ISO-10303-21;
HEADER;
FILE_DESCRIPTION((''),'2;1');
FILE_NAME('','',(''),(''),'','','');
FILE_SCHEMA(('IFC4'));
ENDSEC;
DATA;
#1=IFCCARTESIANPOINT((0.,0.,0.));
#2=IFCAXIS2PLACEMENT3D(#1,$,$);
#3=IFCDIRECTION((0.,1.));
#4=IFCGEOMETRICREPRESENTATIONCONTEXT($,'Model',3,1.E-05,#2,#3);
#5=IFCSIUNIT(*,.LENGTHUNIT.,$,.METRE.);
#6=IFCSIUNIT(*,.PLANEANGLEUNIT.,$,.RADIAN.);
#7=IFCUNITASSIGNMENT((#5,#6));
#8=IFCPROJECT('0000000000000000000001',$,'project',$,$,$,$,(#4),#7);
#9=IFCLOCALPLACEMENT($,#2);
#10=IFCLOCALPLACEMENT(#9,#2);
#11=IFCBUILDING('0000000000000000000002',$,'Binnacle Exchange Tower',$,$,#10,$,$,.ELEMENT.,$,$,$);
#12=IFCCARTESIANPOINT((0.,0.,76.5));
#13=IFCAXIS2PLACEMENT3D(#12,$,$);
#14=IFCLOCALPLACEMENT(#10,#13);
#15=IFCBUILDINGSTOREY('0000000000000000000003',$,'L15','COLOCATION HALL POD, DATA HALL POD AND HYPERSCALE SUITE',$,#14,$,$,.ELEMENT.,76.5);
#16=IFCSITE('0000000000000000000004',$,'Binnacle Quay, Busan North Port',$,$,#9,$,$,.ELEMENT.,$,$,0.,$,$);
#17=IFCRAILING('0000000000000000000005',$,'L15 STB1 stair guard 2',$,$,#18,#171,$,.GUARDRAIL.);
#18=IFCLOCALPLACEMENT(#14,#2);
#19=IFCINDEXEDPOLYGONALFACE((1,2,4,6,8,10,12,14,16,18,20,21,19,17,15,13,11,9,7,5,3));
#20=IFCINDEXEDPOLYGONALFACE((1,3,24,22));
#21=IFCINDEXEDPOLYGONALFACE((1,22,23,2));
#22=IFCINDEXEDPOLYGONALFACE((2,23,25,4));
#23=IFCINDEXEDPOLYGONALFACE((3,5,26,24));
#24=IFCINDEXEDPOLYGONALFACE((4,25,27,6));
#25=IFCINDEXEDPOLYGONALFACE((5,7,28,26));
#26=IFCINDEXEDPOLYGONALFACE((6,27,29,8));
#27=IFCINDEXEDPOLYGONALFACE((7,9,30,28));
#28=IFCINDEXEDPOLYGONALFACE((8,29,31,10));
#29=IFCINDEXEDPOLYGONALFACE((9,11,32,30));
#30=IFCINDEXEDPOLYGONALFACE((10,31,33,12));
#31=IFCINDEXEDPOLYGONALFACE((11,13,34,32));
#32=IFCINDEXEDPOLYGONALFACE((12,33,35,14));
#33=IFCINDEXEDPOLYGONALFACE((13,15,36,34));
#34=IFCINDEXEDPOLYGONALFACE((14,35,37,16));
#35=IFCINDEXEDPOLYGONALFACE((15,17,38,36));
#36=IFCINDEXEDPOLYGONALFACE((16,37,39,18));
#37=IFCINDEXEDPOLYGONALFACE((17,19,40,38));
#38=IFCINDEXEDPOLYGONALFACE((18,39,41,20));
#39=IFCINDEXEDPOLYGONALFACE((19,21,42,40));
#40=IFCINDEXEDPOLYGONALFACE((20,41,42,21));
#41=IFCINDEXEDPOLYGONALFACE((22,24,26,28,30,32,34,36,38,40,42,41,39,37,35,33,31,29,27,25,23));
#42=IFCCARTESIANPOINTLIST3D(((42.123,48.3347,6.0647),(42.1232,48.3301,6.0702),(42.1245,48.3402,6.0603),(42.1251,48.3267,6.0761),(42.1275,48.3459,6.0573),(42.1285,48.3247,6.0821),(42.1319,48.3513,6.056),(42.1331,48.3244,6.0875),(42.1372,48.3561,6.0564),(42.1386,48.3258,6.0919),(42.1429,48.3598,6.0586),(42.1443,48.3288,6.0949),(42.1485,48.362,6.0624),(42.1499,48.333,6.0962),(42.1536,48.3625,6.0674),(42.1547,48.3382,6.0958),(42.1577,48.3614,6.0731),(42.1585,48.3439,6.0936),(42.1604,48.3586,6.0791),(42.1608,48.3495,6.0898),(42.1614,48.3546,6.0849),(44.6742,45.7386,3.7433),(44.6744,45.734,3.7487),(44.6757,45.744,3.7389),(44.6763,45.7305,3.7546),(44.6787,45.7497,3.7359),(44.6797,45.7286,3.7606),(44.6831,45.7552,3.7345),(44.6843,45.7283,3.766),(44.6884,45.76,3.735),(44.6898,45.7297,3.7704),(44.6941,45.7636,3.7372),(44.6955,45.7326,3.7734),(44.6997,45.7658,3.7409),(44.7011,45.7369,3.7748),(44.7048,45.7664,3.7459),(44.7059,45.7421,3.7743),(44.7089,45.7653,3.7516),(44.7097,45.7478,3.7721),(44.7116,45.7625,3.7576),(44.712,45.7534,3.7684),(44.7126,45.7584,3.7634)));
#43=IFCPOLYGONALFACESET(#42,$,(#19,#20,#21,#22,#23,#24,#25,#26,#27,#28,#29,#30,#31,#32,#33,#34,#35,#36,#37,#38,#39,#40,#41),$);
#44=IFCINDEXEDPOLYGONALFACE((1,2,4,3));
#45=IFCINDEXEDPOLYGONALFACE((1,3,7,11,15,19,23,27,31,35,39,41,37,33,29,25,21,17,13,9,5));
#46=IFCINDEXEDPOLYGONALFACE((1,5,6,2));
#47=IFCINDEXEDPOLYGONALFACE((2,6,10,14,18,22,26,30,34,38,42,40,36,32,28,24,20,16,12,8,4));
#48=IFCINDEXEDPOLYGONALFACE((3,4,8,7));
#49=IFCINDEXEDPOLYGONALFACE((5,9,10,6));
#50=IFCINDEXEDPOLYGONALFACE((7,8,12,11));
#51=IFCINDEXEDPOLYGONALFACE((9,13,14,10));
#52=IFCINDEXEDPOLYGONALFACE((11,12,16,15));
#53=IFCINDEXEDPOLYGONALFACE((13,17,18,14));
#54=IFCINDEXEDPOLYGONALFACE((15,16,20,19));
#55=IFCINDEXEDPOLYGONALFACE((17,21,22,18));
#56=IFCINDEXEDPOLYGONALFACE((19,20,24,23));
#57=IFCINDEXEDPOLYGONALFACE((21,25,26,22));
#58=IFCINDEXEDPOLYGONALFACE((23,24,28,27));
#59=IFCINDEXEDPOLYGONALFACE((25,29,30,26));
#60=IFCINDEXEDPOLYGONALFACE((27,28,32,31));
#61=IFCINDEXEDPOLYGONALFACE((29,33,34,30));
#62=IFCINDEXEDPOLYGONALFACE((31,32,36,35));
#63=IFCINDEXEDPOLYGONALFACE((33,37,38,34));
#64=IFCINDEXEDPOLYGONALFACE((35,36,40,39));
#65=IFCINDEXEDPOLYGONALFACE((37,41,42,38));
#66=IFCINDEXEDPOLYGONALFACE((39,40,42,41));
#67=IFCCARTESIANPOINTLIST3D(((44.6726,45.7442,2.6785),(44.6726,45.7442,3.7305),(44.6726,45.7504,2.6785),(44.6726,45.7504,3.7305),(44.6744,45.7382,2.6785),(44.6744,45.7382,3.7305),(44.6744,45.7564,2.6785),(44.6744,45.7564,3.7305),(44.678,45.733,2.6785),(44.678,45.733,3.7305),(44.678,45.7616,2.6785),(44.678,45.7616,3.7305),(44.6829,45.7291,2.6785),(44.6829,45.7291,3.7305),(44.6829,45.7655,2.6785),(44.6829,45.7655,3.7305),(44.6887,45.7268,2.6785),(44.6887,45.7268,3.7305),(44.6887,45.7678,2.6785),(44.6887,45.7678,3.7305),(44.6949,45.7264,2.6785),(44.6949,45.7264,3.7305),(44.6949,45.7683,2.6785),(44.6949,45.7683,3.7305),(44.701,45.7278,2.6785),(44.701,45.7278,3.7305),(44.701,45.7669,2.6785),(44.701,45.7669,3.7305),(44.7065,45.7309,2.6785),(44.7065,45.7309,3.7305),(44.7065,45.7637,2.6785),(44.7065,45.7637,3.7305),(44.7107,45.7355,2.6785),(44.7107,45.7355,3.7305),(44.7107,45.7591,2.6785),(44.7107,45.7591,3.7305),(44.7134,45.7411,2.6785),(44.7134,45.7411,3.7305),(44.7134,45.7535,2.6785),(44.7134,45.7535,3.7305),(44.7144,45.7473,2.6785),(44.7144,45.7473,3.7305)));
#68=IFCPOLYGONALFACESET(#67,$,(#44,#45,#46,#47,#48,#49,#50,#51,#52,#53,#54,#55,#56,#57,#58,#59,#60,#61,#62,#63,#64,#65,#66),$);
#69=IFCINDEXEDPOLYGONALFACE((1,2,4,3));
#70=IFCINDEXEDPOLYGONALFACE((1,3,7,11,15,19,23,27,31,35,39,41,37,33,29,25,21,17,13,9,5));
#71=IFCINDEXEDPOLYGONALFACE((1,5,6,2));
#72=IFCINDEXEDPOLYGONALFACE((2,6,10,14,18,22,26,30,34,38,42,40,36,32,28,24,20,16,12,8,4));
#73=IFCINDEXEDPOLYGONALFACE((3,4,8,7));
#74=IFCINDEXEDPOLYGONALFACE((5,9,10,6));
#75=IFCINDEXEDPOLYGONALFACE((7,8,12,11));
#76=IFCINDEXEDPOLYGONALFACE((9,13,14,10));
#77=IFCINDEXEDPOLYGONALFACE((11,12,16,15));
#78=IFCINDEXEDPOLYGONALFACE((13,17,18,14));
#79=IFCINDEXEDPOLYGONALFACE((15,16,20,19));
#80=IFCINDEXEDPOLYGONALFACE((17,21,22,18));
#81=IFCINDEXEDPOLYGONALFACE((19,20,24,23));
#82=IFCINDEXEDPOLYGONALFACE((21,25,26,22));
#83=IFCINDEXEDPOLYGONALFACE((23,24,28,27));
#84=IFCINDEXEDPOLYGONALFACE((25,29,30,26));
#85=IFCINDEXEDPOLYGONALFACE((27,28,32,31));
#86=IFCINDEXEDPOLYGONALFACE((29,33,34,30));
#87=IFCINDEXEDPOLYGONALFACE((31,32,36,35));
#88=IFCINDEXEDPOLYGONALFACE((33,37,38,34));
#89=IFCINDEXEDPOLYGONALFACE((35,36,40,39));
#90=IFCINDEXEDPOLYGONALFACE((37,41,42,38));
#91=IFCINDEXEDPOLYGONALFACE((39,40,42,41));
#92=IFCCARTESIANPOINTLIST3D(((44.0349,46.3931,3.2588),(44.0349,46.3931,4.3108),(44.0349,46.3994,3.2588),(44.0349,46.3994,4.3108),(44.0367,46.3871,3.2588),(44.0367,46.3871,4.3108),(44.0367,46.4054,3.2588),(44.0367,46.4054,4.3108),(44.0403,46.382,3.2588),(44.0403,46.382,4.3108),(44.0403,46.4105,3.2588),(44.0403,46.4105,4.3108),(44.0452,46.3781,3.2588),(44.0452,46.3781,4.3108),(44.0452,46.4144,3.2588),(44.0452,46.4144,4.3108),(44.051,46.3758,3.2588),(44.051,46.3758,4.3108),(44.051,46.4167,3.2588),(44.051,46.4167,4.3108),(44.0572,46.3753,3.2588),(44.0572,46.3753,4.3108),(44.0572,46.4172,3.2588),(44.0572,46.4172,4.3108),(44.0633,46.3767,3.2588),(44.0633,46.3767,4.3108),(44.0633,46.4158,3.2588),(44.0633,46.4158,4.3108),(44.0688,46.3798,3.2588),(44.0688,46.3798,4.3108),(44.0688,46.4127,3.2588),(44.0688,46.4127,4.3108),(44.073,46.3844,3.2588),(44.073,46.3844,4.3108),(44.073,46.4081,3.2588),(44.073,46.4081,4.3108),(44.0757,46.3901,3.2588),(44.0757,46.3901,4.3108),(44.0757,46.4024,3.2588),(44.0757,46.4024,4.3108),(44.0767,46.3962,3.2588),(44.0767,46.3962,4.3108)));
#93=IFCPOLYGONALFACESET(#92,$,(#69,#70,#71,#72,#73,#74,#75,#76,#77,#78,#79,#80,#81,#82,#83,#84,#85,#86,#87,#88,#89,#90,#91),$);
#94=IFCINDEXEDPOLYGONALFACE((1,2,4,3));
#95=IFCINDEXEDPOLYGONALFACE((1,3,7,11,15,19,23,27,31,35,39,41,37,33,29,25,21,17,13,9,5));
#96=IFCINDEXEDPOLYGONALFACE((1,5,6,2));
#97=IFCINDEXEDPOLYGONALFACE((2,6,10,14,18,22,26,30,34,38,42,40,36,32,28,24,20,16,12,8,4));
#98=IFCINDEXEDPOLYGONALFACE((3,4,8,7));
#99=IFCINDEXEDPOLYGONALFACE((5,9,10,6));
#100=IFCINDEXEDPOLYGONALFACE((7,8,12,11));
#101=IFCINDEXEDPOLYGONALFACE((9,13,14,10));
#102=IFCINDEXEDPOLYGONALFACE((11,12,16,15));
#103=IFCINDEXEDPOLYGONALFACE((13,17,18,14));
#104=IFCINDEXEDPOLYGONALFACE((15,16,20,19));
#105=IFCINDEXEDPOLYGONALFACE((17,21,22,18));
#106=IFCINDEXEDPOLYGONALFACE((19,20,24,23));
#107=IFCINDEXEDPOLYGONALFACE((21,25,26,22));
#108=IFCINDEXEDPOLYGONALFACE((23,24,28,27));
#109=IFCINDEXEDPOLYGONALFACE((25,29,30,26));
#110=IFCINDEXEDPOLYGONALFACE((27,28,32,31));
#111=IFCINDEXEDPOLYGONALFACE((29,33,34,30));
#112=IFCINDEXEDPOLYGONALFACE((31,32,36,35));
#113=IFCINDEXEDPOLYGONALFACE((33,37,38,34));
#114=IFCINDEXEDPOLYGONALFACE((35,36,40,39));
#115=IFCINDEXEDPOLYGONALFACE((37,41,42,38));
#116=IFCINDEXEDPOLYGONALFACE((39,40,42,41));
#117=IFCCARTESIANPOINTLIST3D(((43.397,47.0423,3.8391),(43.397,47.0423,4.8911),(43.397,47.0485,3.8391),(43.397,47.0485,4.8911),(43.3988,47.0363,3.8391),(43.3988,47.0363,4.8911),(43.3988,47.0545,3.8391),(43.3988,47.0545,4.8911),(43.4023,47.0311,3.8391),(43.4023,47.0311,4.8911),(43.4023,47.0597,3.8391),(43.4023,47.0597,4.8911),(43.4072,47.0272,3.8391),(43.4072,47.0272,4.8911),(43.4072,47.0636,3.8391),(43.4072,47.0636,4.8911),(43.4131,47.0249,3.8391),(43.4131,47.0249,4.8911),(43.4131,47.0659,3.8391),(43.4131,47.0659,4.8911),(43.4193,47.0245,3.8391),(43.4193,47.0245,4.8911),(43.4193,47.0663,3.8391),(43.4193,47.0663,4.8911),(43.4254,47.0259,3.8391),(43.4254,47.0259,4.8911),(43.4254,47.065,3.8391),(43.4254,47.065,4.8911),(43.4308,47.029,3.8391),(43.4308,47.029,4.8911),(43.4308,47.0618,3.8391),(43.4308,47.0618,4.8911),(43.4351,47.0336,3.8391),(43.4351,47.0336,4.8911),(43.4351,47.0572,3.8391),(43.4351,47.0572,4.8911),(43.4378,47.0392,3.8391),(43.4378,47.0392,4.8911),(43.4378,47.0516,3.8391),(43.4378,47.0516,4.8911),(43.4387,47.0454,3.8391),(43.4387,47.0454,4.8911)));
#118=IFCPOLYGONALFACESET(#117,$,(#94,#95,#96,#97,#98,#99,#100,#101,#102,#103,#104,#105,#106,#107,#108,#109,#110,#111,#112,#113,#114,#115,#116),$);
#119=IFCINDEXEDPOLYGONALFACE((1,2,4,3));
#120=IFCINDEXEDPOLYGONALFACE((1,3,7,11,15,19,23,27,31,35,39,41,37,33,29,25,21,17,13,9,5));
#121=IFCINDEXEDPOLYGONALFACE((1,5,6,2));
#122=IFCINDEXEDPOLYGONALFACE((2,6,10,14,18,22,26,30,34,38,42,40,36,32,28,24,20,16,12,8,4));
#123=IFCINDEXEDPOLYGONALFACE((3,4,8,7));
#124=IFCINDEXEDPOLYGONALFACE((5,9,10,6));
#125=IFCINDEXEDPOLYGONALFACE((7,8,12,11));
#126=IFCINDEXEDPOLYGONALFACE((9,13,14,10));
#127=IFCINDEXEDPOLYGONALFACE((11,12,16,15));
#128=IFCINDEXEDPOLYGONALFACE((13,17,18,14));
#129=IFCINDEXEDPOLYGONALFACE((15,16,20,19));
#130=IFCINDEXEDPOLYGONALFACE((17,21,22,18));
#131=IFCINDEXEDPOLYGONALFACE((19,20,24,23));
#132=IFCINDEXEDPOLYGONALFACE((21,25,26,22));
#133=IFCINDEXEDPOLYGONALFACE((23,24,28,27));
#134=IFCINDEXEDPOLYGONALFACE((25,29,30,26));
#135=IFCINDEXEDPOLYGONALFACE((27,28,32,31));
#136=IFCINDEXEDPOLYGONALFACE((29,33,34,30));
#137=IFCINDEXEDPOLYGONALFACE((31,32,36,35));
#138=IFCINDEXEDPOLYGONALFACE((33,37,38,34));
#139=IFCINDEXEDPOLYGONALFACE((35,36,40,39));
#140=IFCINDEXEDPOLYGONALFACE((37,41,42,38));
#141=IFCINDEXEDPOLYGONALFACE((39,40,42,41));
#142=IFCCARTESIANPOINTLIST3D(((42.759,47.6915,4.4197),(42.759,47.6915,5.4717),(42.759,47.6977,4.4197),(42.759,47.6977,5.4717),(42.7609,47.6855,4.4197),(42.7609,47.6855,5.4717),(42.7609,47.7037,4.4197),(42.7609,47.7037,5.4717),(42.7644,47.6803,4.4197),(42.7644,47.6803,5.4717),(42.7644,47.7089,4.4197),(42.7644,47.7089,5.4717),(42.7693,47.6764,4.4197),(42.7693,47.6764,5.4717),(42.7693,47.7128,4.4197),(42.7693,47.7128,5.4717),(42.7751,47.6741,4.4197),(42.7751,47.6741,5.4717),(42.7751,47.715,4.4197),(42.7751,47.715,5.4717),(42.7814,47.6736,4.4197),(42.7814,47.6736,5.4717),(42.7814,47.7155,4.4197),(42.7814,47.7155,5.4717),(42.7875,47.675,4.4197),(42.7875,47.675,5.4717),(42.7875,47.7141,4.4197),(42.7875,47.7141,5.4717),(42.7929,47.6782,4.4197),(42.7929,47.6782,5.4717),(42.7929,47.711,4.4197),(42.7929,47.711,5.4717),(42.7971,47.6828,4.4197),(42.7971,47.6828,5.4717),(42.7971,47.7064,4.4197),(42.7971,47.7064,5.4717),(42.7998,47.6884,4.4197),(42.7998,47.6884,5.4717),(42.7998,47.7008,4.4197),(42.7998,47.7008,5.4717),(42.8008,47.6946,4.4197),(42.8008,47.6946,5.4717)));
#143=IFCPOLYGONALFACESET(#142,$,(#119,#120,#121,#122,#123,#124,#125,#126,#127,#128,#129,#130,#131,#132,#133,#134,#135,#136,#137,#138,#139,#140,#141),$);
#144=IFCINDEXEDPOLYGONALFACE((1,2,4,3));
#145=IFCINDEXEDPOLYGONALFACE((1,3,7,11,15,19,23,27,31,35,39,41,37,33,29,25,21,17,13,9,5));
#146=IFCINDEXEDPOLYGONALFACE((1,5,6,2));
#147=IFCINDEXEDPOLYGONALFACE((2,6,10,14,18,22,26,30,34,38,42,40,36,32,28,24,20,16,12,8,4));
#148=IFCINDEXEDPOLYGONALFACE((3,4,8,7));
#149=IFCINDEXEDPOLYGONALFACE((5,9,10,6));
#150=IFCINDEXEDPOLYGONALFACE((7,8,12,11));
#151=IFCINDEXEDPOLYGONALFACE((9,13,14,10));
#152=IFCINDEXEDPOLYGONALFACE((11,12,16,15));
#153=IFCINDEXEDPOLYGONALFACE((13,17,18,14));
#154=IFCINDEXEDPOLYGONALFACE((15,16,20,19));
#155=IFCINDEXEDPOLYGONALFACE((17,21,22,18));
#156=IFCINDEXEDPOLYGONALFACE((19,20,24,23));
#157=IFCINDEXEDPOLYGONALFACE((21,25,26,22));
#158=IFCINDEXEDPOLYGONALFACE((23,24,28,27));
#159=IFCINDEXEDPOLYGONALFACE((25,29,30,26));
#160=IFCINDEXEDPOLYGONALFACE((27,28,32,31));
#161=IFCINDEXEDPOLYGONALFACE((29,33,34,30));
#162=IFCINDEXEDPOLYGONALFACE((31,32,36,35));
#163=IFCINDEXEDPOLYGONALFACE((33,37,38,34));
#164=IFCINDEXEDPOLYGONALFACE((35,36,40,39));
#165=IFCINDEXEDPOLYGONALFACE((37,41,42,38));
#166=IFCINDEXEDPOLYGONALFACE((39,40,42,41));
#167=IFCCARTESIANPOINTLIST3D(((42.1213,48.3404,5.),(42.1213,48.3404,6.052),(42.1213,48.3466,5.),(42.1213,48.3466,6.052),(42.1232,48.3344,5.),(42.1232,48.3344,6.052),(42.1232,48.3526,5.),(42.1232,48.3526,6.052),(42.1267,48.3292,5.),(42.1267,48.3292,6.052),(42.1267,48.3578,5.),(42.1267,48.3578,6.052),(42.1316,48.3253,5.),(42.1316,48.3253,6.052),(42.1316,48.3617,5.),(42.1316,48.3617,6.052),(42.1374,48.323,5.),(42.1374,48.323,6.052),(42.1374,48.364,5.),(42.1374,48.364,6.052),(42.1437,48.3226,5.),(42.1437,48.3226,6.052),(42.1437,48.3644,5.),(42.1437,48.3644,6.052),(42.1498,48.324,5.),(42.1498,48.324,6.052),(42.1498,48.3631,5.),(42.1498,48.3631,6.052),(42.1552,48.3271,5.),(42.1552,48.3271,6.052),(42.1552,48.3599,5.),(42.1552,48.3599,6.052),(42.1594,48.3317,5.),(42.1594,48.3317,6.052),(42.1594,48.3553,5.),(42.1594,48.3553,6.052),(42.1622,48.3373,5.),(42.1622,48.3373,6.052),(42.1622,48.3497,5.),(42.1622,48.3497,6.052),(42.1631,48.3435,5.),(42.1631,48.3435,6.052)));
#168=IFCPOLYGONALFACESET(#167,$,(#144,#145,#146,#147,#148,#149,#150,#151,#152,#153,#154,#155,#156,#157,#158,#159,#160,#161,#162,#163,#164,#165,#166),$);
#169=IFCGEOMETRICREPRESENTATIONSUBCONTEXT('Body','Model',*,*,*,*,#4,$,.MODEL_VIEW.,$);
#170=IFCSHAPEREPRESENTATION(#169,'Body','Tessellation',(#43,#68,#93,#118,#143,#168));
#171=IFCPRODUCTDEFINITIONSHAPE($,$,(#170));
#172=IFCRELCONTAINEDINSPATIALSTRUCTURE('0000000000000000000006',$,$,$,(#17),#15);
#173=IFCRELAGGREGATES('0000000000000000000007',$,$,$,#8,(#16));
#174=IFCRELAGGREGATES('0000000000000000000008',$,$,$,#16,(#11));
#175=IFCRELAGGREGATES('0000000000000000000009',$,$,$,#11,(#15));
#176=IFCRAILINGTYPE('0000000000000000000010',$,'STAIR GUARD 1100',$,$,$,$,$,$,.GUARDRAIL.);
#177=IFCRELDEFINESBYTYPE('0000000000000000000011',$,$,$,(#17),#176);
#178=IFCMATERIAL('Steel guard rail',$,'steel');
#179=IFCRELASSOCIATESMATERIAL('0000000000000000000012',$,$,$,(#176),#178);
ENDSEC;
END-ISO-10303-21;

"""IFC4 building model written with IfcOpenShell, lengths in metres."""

from ifc_helpers import new_model, si_unit, direction, frame, origin, origin_2d, place, context, subcontext, project, spatial, circle, extrude, material, type_object, element, save


model = new_model("IFC4")

# Units and contexts
model_context = context("Model", 3, precision=1e-05, world=origin(), true_north=direction((0.0, 1.0)))
body_context = subcontext(model_context, "Body", "Model", "MODEL_VIEW")
ifc_project = project(units=[si_unit("LENGTHUNIT", "METRE"), si_unit("PLANEANGLEUNIT", "RADIAN")], contexts=[model_context])

# Site, building, storey
site_placement = place(None, origin())
site = spatial("IfcSite", under=ifc_project, at=site_placement, Name="Binnacle Quay, Busan North Port", CompositionType="ELEMENT", RefElevation=0.0)
building_placement = place(site_placement, origin())
building = spatial("IfcBuilding", under=site, at=building_placement, Name="Binnacle Exchange Tower", CompositionType="ELEMENT")
storey_placement = place(building_placement, frame((0.0, 0.0, 76.5)))
storey = spatial("IfcBuildingStorey", under=building, at=storey_placement, Name="L15", Description="COLOCATION HALL POD, DATA HALL POD AND HYPERSCALE SUITE", CompositionType="ELEMENT", Elevation=76.5)

# Railing
ifc_material_1 = material(Name="Steel guard rail", Category="steel")
railing_type = type_object("IfcRailingType", Name="STAIR GUARD 1100", PredefinedType="GUARDRAIL", material=ifc_material_1)
railing_placement = place(storey_placement, frame((44.6934, 45.7473, 2.6785)))
element("IfcRailing", 1, at=railing_placement, inside=storey, type_object=railing_type, Name="L15 STB1 stair guard 2", PredefinedType="GUARDRAIL", context=body_context, shape_type="SweptSolid", body=[
    extrude(circle(Radius=0.0239, at=origin_2d()), frame((0.0, 0.0, 1.0762), z_axis=(-0.590947, 0.601352, 0.537733), x_axis=(-0.713251, -0.700909, 0.0)), (0.0, 0.0, 1.0), 4.3171),
    extrude(circle(Radius=0.021, at=origin_2d()), origin(), (0.0, 0.0, 1.0), 1.052),
    extrude(circle(Radius=0.021, at=origin_2d()), frame((-0.6377, 0.6489, 0.5803)), (0.0, 0.0, 1.0), 1.052),
    extrude(circle(Radius=0.021, at=origin_2d()), frame((-1.2756, 1.2981, 1.1606)), (0.0, 0.0, 1.0), 1.052),
    extrude(circle(Radius=0.021, at=origin_2d()), frame((-1.9136, 1.9473, 1.7412)), (0.0, 0.0, 1.0), 1.052),
    extrude(circle(Radius=0.021, at=origin_2d()), frame((-2.5513, 2.5962, 2.3215)), (0.0, 0.0, 1.0), 1.052),
])

save(model, "model.ifc")
